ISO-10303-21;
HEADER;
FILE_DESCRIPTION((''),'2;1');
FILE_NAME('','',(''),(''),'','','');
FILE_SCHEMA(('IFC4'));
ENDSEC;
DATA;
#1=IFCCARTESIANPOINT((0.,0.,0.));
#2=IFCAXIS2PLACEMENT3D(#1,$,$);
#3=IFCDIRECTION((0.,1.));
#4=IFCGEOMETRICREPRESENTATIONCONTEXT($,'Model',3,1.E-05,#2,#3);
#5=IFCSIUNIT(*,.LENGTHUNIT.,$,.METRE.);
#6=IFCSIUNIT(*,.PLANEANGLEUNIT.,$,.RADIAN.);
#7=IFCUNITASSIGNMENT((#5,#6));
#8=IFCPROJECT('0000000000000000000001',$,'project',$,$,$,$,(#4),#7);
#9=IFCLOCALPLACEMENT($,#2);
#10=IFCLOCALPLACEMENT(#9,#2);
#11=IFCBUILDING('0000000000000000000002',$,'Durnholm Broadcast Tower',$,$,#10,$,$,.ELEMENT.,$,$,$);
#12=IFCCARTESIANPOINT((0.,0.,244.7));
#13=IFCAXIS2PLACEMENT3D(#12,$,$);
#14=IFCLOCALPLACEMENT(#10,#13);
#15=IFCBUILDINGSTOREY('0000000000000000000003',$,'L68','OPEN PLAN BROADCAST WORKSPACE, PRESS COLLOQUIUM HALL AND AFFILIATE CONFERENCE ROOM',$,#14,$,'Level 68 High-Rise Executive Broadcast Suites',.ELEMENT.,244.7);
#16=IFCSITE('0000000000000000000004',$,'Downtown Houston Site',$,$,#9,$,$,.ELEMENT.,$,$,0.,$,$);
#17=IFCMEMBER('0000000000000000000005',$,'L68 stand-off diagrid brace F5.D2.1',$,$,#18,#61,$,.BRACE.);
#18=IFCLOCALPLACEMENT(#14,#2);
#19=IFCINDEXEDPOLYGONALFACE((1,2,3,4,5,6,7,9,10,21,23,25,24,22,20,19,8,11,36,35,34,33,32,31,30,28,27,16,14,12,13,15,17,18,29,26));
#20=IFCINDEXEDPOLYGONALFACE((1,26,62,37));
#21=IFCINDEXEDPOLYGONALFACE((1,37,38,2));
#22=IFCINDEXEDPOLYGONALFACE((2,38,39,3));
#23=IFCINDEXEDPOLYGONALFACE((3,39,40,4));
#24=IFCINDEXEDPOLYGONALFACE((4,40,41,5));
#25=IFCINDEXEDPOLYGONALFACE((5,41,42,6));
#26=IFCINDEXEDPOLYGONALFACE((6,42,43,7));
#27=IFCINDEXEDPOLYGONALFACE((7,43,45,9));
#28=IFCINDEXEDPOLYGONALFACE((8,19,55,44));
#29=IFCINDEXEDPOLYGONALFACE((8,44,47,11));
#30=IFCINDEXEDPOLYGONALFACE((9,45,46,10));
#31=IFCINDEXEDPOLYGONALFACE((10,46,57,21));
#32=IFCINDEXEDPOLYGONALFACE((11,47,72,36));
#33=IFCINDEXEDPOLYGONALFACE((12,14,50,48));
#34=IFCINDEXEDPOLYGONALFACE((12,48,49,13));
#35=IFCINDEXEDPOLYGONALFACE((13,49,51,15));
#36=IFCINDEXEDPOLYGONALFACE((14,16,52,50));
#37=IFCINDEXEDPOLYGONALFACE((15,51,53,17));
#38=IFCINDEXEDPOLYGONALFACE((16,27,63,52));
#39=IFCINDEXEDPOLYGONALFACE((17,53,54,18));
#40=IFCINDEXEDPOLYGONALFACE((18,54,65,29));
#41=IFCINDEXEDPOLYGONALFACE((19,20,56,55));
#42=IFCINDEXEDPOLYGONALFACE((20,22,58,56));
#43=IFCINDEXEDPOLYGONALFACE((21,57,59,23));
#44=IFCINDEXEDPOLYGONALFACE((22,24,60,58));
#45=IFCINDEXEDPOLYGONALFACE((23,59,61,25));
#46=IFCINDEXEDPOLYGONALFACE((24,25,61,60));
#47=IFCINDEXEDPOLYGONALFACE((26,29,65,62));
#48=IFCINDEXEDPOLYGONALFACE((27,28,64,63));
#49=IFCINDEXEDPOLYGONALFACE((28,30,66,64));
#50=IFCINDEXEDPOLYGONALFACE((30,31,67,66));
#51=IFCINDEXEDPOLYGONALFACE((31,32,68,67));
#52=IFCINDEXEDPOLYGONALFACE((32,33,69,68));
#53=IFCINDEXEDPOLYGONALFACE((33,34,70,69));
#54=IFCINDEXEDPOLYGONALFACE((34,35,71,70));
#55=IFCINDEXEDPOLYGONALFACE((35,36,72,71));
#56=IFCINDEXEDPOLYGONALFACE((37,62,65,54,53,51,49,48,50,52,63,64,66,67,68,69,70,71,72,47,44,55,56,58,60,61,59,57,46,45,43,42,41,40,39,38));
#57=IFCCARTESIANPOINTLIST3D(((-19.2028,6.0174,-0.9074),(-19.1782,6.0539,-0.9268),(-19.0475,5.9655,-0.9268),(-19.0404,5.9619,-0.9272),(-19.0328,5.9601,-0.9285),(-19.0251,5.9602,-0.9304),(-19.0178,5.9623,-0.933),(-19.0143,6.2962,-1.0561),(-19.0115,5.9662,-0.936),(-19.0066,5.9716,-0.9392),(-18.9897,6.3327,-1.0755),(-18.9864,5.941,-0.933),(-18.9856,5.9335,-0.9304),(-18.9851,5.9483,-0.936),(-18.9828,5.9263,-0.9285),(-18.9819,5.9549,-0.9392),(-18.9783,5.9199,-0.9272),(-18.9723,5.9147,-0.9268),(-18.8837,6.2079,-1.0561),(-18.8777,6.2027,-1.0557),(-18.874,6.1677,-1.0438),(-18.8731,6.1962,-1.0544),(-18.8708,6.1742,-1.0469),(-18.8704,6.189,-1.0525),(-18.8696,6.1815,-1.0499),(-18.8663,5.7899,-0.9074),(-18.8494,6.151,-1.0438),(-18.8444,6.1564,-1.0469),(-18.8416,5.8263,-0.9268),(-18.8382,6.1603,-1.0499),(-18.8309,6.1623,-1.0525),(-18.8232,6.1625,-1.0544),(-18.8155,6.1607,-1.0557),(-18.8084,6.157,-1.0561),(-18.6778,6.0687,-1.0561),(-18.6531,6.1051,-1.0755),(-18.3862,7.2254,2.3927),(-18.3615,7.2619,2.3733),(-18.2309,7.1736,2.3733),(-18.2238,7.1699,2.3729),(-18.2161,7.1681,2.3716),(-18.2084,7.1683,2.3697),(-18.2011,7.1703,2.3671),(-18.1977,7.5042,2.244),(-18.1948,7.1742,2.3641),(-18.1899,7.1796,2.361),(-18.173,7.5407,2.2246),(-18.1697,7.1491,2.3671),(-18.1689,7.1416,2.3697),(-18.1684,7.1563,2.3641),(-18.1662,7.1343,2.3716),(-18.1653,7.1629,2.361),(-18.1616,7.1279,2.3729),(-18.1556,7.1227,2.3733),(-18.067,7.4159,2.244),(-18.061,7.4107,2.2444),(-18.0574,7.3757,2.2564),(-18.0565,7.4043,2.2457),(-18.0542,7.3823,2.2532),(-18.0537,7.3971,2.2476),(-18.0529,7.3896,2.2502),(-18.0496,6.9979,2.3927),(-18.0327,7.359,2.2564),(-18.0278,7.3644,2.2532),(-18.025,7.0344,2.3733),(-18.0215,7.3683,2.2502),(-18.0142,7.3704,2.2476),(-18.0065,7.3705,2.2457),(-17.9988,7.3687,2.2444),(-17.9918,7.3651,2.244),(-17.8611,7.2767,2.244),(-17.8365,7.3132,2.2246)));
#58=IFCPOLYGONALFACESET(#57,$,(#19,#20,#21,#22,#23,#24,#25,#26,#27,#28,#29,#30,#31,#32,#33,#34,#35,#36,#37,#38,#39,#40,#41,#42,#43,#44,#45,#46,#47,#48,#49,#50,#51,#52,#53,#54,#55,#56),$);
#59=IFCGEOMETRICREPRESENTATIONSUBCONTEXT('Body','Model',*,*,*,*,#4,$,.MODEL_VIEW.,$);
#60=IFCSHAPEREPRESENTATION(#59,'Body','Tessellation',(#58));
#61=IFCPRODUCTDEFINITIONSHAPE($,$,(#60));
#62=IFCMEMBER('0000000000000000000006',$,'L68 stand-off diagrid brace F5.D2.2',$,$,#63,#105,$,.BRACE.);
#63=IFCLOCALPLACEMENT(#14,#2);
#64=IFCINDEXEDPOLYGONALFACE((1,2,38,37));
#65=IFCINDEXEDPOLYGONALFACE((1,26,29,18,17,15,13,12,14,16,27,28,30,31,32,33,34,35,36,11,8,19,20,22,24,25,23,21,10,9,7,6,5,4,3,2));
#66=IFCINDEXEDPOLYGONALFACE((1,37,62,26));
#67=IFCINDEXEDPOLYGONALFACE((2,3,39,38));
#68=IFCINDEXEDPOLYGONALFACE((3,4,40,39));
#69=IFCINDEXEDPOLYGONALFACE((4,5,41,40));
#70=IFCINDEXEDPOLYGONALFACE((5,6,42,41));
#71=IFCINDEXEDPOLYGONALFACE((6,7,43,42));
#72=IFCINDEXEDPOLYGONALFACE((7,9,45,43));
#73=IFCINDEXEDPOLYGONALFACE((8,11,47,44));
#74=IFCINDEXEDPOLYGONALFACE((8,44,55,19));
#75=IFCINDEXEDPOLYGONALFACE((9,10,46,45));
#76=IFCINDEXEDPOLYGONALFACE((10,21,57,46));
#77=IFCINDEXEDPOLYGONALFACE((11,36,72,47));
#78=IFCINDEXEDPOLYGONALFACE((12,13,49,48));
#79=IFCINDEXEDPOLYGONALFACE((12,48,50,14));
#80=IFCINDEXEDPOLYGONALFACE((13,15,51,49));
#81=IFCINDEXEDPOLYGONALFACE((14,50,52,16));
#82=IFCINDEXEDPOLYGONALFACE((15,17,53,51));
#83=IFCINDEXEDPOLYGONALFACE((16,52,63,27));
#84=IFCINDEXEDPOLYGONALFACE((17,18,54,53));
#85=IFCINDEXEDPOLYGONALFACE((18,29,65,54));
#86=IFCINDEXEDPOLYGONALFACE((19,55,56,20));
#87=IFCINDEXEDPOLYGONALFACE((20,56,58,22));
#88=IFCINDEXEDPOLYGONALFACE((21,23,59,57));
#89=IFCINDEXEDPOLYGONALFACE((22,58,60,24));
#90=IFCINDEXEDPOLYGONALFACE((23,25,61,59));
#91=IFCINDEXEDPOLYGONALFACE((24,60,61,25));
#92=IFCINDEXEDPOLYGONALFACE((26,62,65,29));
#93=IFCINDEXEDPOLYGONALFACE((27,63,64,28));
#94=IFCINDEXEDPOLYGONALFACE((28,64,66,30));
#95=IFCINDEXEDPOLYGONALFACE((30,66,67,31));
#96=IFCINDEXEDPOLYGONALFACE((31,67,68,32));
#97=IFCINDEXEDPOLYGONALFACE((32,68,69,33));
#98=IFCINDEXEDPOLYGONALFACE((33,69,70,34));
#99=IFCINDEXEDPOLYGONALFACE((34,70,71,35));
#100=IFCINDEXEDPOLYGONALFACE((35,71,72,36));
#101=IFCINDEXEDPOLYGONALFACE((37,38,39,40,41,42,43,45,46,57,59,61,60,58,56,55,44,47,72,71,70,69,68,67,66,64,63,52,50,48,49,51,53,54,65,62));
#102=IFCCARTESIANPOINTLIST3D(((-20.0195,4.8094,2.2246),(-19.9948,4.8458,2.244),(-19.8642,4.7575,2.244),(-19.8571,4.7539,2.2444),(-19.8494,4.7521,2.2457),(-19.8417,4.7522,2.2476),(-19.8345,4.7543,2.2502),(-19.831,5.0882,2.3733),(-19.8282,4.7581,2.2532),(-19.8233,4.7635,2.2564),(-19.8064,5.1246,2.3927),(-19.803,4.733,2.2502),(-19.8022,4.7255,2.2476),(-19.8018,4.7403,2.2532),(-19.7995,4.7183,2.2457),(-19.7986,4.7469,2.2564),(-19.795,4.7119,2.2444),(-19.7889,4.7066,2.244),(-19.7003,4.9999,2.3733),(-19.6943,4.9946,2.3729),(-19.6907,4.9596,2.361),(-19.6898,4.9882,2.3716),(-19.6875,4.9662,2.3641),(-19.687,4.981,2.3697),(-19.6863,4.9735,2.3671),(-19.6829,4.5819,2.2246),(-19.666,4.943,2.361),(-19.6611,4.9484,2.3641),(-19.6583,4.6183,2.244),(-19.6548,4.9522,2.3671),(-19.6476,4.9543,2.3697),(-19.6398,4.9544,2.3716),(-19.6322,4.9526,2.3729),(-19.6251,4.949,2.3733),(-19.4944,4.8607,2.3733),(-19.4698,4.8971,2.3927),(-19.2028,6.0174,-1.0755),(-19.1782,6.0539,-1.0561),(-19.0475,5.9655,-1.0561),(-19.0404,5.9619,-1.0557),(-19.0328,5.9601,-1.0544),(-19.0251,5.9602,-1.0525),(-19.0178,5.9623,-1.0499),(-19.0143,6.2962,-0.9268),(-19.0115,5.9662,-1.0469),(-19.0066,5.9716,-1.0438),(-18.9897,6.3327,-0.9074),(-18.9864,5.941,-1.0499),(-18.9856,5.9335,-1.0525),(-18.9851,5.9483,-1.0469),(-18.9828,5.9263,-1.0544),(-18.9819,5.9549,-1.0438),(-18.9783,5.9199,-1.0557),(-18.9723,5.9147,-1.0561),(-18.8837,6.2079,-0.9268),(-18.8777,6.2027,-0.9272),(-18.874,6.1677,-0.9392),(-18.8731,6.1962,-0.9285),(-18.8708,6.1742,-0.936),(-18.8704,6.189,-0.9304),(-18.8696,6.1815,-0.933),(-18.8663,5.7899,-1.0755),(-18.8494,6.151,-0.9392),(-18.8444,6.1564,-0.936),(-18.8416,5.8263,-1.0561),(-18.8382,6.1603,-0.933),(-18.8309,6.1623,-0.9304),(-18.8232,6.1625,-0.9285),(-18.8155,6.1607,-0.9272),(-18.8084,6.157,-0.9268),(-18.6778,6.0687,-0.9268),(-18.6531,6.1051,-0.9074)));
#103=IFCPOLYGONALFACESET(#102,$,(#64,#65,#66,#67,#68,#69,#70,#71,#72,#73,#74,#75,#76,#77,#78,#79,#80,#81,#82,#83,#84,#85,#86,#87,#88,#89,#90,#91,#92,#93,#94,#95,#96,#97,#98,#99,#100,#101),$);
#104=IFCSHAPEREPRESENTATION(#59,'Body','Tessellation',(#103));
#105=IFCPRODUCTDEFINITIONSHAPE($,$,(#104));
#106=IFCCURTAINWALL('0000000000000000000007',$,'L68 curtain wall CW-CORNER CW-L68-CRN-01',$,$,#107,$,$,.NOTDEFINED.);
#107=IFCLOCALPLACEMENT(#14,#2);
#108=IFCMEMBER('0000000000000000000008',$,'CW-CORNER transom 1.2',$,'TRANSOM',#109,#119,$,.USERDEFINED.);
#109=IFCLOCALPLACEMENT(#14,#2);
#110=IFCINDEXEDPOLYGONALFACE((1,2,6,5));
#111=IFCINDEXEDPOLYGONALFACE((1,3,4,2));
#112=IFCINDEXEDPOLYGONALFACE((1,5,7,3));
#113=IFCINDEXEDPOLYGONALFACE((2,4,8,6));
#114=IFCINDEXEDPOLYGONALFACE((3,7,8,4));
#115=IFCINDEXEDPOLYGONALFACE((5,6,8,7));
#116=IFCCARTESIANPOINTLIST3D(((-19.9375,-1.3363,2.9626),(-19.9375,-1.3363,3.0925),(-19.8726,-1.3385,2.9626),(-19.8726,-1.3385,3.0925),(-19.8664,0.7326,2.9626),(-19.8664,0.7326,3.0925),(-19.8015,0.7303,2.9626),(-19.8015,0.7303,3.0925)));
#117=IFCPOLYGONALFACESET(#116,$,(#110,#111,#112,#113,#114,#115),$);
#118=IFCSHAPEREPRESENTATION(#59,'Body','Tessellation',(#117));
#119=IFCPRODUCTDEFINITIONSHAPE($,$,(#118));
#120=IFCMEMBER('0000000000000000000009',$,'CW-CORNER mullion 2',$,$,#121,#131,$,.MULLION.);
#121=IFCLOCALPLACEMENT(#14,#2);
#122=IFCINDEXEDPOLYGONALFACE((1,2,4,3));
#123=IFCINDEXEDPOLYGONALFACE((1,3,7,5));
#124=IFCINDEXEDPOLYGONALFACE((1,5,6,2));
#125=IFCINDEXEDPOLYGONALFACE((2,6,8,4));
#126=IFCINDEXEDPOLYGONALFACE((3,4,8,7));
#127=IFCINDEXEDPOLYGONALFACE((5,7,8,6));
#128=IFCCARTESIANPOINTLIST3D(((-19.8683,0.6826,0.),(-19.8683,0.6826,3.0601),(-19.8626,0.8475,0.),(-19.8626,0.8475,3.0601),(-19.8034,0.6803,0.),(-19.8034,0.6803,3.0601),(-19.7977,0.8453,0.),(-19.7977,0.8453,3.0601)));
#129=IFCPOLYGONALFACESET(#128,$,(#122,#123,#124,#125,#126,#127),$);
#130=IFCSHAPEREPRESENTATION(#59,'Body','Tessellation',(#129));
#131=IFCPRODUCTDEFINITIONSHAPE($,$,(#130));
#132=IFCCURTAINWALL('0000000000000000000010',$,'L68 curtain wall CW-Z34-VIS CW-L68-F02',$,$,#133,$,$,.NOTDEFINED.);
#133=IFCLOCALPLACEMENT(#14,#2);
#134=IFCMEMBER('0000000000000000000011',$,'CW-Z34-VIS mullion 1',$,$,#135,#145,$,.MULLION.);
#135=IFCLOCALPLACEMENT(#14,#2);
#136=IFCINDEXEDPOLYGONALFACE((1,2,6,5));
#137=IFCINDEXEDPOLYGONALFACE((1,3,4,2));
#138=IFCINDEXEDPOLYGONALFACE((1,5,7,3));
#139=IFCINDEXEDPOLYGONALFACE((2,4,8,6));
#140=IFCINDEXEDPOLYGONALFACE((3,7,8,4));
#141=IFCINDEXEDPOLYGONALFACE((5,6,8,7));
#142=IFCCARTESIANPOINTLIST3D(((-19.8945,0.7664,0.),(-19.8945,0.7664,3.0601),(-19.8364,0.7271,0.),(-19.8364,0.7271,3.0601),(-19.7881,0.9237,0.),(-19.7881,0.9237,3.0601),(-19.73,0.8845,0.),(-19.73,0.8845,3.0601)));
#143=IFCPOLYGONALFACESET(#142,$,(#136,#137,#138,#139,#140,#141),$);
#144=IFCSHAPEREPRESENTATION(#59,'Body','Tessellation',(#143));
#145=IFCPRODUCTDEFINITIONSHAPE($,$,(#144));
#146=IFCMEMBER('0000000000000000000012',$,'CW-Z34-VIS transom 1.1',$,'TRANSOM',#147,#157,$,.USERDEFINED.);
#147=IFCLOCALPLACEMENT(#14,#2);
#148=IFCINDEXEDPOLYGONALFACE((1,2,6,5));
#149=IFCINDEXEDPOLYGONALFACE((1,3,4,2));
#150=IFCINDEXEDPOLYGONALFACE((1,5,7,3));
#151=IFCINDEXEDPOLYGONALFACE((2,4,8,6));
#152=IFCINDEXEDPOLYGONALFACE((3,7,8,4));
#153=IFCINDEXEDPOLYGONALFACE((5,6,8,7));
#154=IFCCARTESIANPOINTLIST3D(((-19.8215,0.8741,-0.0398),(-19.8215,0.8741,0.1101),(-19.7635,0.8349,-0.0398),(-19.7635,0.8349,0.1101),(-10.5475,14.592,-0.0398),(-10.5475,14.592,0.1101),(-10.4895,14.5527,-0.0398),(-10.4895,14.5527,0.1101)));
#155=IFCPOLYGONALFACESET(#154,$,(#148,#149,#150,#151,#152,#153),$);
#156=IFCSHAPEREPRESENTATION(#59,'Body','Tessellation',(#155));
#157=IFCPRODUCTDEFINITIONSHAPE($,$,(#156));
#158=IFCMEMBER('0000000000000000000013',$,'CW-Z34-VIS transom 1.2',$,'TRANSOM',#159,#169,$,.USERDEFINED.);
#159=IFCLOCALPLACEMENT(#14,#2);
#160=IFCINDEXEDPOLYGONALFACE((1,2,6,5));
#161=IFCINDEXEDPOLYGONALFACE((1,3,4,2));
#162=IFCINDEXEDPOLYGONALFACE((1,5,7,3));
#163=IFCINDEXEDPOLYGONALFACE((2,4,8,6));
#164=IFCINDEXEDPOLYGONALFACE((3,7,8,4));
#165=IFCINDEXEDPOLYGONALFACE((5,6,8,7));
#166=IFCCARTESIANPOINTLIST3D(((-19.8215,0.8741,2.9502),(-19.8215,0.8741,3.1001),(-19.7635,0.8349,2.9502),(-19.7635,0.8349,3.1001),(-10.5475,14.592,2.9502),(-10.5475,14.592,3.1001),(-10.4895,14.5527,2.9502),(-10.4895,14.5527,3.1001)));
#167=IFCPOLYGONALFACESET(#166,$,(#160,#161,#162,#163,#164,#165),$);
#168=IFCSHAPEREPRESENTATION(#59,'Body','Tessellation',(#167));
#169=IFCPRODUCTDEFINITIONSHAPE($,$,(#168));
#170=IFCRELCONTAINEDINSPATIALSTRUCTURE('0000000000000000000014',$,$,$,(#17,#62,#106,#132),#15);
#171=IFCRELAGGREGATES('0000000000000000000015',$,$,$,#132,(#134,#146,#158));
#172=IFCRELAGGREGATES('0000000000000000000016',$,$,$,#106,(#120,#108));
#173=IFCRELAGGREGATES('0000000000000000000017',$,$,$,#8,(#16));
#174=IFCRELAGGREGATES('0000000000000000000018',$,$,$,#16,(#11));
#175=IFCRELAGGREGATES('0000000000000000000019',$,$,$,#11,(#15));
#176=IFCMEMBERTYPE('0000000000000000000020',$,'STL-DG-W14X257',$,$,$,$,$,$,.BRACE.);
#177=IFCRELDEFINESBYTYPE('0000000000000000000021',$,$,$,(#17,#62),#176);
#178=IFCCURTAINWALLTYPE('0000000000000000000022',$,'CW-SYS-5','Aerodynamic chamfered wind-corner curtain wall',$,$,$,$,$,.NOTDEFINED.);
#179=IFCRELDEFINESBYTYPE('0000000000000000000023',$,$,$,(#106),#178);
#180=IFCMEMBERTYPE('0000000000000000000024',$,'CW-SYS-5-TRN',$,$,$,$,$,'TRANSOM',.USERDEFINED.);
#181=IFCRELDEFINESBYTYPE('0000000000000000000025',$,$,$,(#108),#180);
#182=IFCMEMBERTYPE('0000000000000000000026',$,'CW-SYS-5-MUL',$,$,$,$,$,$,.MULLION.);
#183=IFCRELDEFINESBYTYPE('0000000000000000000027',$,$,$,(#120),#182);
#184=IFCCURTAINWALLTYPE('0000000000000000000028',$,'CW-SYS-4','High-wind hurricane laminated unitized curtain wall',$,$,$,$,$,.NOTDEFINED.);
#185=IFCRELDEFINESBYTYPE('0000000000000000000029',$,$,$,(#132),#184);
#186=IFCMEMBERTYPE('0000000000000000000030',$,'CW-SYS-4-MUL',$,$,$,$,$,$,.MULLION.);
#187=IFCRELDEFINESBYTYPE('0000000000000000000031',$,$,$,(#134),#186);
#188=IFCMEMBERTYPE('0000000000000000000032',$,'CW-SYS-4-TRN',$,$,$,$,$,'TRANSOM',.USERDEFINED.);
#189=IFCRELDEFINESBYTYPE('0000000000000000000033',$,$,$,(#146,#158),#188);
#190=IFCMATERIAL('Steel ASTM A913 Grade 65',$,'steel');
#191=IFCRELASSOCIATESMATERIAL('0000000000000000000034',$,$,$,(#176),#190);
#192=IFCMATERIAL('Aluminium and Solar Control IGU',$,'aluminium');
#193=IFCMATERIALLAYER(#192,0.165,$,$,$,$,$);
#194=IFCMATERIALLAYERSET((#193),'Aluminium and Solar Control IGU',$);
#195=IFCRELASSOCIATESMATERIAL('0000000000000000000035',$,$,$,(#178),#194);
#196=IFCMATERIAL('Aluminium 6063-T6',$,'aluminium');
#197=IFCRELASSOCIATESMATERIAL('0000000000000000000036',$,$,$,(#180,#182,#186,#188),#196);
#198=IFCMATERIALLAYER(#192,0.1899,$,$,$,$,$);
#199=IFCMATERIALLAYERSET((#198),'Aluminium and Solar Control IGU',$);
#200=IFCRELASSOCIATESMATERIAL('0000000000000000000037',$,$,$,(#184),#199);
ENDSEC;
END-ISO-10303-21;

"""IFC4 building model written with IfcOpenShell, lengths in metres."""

from ifc_helpers import new_model, si_unit, direction, frame, origin, origin_2d, place, context, subcontext, project, spatial, rectangle, i_section, extrude, source, transform, mapped, material, layer, layer_set, material_profile, profile_set, type_object, type_shapes, element, aggregate, save


model = new_model("IFC4")

# Units and contexts
model_context = context("Model", 3, precision=1e-05, world=origin(), true_north=direction((0.0, 1.0)))
body_context = subcontext(model_context, "Body", "Model", "MODEL_VIEW")
ifc_project = project(units=[si_unit("LENGTHUNIT", "METRE"), si_unit("PLANEANGLEUNIT", "RADIAN")], contexts=[model_context])

# Site, building, storey
site_placement = place(None, origin())
site = spatial("IfcSite", under=ifc_project, at=site_placement, Name="Downtown Houston Site", CompositionType="ELEMENT", RefElevation=0.0)
building_placement = place(site_placement, origin())
building = spatial("IfcBuilding", under=site, at=building_placement, Name="Durnholm Broadcast Tower", CompositionType="ELEMENT")
storey_placement = place(building_placement, frame((0.0, 0.0, 244.7)))
storey = spatial("IfcBuildingStorey", under=building, at=storey_placement, Name="L68", Description="OPEN PLAN BROADCAST WORKSPACE, PRESS COLLOQUIUM HALL AND AFFILIATE CONFERENCE ROOM", LongName="Level 68 High-Rise Executive Broadcast Suites", CompositionType="ELEMENT", Elevation=244.7)

# Members
ifc_material_1 = material(Name="Steel ASTM A913 Grade 65", Category="steel")
ifc_material_profile_1 = material_profile(ifc_material_1, i_section(OverallWidth=0.4062, OverallDepth=0.416, WebThickness=0.0298, FlangeThickness=0.0481, FilletRadius=0.0305, at=origin_2d()), Name="W14X257")
ifc_profile_set_1 = profile_set([ifc_material_profile_1], Name="Steel ASTM A913 Grade 65")
member_type_1 = type_object("IfcMemberType", Name="STL-DG-W14X257", PredefinedType="BRACE", material=ifc_profile_set_1)
shared_shape_1 = source(origin(), body_context, "Body", "SweptSolid", [
    extrude(i_section(OverallWidth=0.4062, OverallDepth=0.416, WebThickness=0.0298, FlangeThickness=0.0481, FilletRadius=0.0305, at=origin_2d()), origin(), (0.0, 0.0, 1.0), 3.6079),
])
type_shapes(member_type_1, [shared_shape_1])
for number, where, z_axis, x_axis, name in (
    (1, (-18.928, 6.0613, -0.9915), (0.226354, 0.334828, 0.914688), (-0.828452, 0.560059, 0.0), "L68 stand-off diagrid brace F5.D2.1"),
    (2, (-18.928, 6.0613, -0.9915), (-0.226354, -0.334828, 0.914688), (0.828452, -0.560059, 0.0), "L68 stand-off diagrid brace F5.D2.2"),
):
    element("IfcMember", number, at=place(storey_placement, frame(where, z_axis=z_axis, x_axis=x_axis)), inside=storey, type_object=member_type_1, Name=name, PredefinedType="BRACE", context=body_context, shape_type="MappedRepresentation", body=[
        mapped(shared_shape_1, transform((0.0, 0.0, 0.0), x_axis=(1.0, 0.0, 0.0), y_axis=(0.0, 1.0, 0.0), z_axis=(0.0, 0.0, 1.0), scale=1.0)),
    ])

# Curtain walls, members
ifc_material_2 = material(Name="Aluminium and Solar Control IGU", Category="aluminium")
ifc_layer_1 = layer(ifc_material_2, 0.165)
ifc_layer_set_1 = layer_set([ifc_layer_1], Name="Aluminium and Solar Control IGU")
curtain_wall_type_1 = type_object("IfcCurtainWallType", Name="CW-SYS-5", Description="Aerodynamic chamfered wind-corner curtain wall", PredefinedType="NOTDEFINED", material=ifc_layer_set_1)
curtain_wall_1_placement = place(storey_placement, origin())
curtain_wall_1 = element("IfcCurtainWall", 3, at=curtain_wall_1_placement, inside=storey, type_object=curtain_wall_type_1, Name="L68 curtain wall CW-CORNER CW-L68-CRN-01", PredefinedType="NOTDEFINED")
ifc_material_3 = material(Name="Aluminium 6063-T6", Category="aluminium")
ifc_material_profile_2 = material_profile(ifc_material_3, rectangle(XDim=0.0649, YDim=0.1299, at=origin_2d()), Name="CWT65X130")
ifc_profile_set_2 = profile_set([ifc_material_profile_2], Name="Aluminium 6063-T6")
member_type_2 = type_object("IfcMemberType", Name="CW-SYS-5-TRN", ElementType="TRANSOM", PredefinedType="USERDEFINED", material=ifc_profile_set_2)
shared_shape_2 = source(origin(), body_context, "Body", "SweptSolid", [
    extrude(rectangle(XDim=0.0649, YDim=0.1299, at=origin_2d()), origin(), (0.0, 0.0, 1.0), 2.0701),
])
type_shapes(member_type_2, [shared_shape_2])
member_1_placement = place(storey_placement, frame((-19.905, -1.3374, 3.0276), z_axis=(0.03432, 0.999411, 0.0), x_axis=(-0.999411, 0.03432, 0.0)))
member_1 = element("IfcMember", 4, at=member_1_placement, type_object=member_type_2, Name="CW-CORNER transom 1.2", ObjectType="TRANSOM", PredefinedType="USERDEFINED", context=body_context, shape_type="MappedRepresentation", body=[
    mapped(shared_shape_2, transform((0.0, 0.0, 0.0), x_axis=(1.0, 0.0, 0.0), y_axis=(0.0, 1.0, 0.0), z_axis=(0.0, 0.0, 1.0), scale=1.0)),
])
ifc_material_profile_3 = material_profile(ifc_material_3, rectangle(XDim=0.0649, YDim=0.165, at=origin_2d()), Name="CWM65X165")
ifc_profile_set_3 = profile_set([ifc_material_profile_3], Name="Aluminium 6063-T6")
member_type_3 = type_object("IfcMemberType", Name="CW-SYS-5-MUL", PredefinedType="MULLION", material=ifc_profile_set_3)
shared_shape_3 = source(origin(), body_context, "Body", "SweptSolid", [
    extrude(rectangle(XDim=0.0649, YDim=0.165, at=origin_2d()), origin(), (0.0, 0.0, 1.0), 3.0601),
])
type_shapes(member_type_3, [shared_shape_3])
member_2_placement = place(storey_placement, frame((-19.833, 0.7639, 0.0), z_axis=(0.0, 0.0, 1.0), x_axis=(-0.999411, 0.034318, 0.0)))
member_2 = element("IfcMember", 5, at=member_2_placement, type_object=member_type_3, Name="CW-CORNER mullion 2", PredefinedType="MULLION", context=body_context, shape_type="MappedRepresentation", body=[
    mapped(shared_shape_3, transform((0.0, 0.0, 0.0), x_axis=(1.0, 0.0, 0.0), y_axis=(0.0, 1.0, 0.0), z_axis=(0.0, 0.0, 1.0), scale=1.0)),
])
ifc_layer_2 = layer(ifc_material_2, 0.1899)
ifc_layer_set_2 = layer_set([ifc_layer_2], Name="Aluminium and Solar Control IGU")
curtain_wall_type_2 = type_object("IfcCurtainWallType", Name="CW-SYS-4", Description="High-wind hurricane laminated unitized curtain wall", PredefinedType="NOTDEFINED", material=ifc_layer_set_2)
curtain_wall_2_placement = place(storey_placement, origin())
curtain_wall_2 = element("IfcCurtainWall", 6, at=curtain_wall_2_placement, inside=storey, type_object=curtain_wall_type_2, Name="L68 curtain wall CW-Z34-VIS CW-L68-F02", PredefinedType="NOTDEFINED")
ifc_material_profile_4 = material_profile(ifc_material_3, rectangle(XDim=0.0701, YDim=0.1899, at=origin_2d()), Name="CWM70X190")
ifc_profile_set_4 = profile_set([ifc_material_profile_4], Name="Aluminium 6063-T6")
member_type_4 = type_object("IfcMemberType", Name="CW-SYS-4-MUL", PredefinedType="MULLION", material=ifc_profile_set_4)
shared_shape_4 = source(origin(), body_context, "Body", "SweptSolid", [
    extrude(rectangle(XDim=0.0701, YDim=0.1899, at=origin_2d()), origin(), (0.0, 0.0, 1.0), 3.0601),
])
type_shapes(member_type_4, [shared_shape_4])
member_3_placement = place(storey_placement, frame((-19.8123, 0.8254, 0.0), z_axis=(0.0, 0.0, 1.0), x_axis=(-0.828443, 0.560073, 0.0)))
member_3 = element("IfcMember", 7, at=member_3_placement, type_object=member_type_4, Name="CW-Z34-VIS mullion 1", PredefinedType="MULLION", context=body_context, shape_type="MappedRepresentation", body=[
    mapped(shared_shape_4, transform((0.0, 0.0, 0.0), x_axis=(1.0, 0.0, 0.0), y_axis=(0.0, 1.0, 0.0), z_axis=(0.0, 0.0, 1.0), scale=1.0)),
])
ifc_material_profile_5 = material_profile(ifc_material_3, rectangle(XDim=0.0701, YDim=0.1499, at=origin_2d()), Name="CWT70X150")
ifc_profile_set_5 = profile_set([ifc_material_profile_5], Name="Aluminium 6063-T6")
member_type_5 = type_object("IfcMemberType", Name="CW-SYS-4-TRN", ElementType="TRANSOM", PredefinedType="USERDEFINED", material=ifc_profile_set_5)
shared_shape_5 = source(origin(), body_context, "Body", "SweptSolid", [
    extrude(rectangle(XDim=0.0701, YDim=0.1499, at=origin_2d()), origin(), (0.0, 0.0, 1.0), 16.5586),
])
type_shapes(member_type_5, [shared_shape_5])
member_4_placement = place(storey_placement, frame((-19.7925, 0.8545, 0.0352), z_axis=(0.560071, 0.828444, 0.0), x_axis=(-0.828444, 0.560071, 0.0)))
member_4 = element("IfcMember", 8, at=member_4_placement, type_object=member_type_5, Name="CW-Z34-VIS transom 1.1", ObjectType="TRANSOM", PredefinedType="USERDEFINED", context=body_context, shape_type="MappedRepresentation", body=[
    mapped(shared_shape_5, transform((0.0, 0.0, 0.0), x_axis=(1.0, 0.0, 0.0), y_axis=(0.0, 1.0, 0.0), z_axis=(0.0, 0.0, 1.0), scale=1.0)),
])
member_5_placement = place(storey_placement, frame((-19.7925, 0.8545, 3.0251), z_axis=(0.560071, 0.828444, 0.0), x_axis=(-0.828444, 0.560071, 0.0)))
member_5 = element("IfcMember", 9, at=member_5_placement, type_object=member_type_5, Name="CW-Z34-VIS transom 1.2", ObjectType="TRANSOM", PredefinedType="USERDEFINED", context=body_context, shape_type="MappedRepresentation", body=[
    mapped(shared_shape_5, transform((0.0, 0.0, 0.0), x_axis=(1.0, 0.0, 0.0), y_axis=(0.0, 1.0, 0.0), z_axis=(0.0, 0.0, 1.0), scale=1.0)),
])
aggregate(curtain_wall_2, [member_3, member_4, member_5])

aggregate(curtain_wall_1, [member_2, member_1])

save(model, "model.ifc")
